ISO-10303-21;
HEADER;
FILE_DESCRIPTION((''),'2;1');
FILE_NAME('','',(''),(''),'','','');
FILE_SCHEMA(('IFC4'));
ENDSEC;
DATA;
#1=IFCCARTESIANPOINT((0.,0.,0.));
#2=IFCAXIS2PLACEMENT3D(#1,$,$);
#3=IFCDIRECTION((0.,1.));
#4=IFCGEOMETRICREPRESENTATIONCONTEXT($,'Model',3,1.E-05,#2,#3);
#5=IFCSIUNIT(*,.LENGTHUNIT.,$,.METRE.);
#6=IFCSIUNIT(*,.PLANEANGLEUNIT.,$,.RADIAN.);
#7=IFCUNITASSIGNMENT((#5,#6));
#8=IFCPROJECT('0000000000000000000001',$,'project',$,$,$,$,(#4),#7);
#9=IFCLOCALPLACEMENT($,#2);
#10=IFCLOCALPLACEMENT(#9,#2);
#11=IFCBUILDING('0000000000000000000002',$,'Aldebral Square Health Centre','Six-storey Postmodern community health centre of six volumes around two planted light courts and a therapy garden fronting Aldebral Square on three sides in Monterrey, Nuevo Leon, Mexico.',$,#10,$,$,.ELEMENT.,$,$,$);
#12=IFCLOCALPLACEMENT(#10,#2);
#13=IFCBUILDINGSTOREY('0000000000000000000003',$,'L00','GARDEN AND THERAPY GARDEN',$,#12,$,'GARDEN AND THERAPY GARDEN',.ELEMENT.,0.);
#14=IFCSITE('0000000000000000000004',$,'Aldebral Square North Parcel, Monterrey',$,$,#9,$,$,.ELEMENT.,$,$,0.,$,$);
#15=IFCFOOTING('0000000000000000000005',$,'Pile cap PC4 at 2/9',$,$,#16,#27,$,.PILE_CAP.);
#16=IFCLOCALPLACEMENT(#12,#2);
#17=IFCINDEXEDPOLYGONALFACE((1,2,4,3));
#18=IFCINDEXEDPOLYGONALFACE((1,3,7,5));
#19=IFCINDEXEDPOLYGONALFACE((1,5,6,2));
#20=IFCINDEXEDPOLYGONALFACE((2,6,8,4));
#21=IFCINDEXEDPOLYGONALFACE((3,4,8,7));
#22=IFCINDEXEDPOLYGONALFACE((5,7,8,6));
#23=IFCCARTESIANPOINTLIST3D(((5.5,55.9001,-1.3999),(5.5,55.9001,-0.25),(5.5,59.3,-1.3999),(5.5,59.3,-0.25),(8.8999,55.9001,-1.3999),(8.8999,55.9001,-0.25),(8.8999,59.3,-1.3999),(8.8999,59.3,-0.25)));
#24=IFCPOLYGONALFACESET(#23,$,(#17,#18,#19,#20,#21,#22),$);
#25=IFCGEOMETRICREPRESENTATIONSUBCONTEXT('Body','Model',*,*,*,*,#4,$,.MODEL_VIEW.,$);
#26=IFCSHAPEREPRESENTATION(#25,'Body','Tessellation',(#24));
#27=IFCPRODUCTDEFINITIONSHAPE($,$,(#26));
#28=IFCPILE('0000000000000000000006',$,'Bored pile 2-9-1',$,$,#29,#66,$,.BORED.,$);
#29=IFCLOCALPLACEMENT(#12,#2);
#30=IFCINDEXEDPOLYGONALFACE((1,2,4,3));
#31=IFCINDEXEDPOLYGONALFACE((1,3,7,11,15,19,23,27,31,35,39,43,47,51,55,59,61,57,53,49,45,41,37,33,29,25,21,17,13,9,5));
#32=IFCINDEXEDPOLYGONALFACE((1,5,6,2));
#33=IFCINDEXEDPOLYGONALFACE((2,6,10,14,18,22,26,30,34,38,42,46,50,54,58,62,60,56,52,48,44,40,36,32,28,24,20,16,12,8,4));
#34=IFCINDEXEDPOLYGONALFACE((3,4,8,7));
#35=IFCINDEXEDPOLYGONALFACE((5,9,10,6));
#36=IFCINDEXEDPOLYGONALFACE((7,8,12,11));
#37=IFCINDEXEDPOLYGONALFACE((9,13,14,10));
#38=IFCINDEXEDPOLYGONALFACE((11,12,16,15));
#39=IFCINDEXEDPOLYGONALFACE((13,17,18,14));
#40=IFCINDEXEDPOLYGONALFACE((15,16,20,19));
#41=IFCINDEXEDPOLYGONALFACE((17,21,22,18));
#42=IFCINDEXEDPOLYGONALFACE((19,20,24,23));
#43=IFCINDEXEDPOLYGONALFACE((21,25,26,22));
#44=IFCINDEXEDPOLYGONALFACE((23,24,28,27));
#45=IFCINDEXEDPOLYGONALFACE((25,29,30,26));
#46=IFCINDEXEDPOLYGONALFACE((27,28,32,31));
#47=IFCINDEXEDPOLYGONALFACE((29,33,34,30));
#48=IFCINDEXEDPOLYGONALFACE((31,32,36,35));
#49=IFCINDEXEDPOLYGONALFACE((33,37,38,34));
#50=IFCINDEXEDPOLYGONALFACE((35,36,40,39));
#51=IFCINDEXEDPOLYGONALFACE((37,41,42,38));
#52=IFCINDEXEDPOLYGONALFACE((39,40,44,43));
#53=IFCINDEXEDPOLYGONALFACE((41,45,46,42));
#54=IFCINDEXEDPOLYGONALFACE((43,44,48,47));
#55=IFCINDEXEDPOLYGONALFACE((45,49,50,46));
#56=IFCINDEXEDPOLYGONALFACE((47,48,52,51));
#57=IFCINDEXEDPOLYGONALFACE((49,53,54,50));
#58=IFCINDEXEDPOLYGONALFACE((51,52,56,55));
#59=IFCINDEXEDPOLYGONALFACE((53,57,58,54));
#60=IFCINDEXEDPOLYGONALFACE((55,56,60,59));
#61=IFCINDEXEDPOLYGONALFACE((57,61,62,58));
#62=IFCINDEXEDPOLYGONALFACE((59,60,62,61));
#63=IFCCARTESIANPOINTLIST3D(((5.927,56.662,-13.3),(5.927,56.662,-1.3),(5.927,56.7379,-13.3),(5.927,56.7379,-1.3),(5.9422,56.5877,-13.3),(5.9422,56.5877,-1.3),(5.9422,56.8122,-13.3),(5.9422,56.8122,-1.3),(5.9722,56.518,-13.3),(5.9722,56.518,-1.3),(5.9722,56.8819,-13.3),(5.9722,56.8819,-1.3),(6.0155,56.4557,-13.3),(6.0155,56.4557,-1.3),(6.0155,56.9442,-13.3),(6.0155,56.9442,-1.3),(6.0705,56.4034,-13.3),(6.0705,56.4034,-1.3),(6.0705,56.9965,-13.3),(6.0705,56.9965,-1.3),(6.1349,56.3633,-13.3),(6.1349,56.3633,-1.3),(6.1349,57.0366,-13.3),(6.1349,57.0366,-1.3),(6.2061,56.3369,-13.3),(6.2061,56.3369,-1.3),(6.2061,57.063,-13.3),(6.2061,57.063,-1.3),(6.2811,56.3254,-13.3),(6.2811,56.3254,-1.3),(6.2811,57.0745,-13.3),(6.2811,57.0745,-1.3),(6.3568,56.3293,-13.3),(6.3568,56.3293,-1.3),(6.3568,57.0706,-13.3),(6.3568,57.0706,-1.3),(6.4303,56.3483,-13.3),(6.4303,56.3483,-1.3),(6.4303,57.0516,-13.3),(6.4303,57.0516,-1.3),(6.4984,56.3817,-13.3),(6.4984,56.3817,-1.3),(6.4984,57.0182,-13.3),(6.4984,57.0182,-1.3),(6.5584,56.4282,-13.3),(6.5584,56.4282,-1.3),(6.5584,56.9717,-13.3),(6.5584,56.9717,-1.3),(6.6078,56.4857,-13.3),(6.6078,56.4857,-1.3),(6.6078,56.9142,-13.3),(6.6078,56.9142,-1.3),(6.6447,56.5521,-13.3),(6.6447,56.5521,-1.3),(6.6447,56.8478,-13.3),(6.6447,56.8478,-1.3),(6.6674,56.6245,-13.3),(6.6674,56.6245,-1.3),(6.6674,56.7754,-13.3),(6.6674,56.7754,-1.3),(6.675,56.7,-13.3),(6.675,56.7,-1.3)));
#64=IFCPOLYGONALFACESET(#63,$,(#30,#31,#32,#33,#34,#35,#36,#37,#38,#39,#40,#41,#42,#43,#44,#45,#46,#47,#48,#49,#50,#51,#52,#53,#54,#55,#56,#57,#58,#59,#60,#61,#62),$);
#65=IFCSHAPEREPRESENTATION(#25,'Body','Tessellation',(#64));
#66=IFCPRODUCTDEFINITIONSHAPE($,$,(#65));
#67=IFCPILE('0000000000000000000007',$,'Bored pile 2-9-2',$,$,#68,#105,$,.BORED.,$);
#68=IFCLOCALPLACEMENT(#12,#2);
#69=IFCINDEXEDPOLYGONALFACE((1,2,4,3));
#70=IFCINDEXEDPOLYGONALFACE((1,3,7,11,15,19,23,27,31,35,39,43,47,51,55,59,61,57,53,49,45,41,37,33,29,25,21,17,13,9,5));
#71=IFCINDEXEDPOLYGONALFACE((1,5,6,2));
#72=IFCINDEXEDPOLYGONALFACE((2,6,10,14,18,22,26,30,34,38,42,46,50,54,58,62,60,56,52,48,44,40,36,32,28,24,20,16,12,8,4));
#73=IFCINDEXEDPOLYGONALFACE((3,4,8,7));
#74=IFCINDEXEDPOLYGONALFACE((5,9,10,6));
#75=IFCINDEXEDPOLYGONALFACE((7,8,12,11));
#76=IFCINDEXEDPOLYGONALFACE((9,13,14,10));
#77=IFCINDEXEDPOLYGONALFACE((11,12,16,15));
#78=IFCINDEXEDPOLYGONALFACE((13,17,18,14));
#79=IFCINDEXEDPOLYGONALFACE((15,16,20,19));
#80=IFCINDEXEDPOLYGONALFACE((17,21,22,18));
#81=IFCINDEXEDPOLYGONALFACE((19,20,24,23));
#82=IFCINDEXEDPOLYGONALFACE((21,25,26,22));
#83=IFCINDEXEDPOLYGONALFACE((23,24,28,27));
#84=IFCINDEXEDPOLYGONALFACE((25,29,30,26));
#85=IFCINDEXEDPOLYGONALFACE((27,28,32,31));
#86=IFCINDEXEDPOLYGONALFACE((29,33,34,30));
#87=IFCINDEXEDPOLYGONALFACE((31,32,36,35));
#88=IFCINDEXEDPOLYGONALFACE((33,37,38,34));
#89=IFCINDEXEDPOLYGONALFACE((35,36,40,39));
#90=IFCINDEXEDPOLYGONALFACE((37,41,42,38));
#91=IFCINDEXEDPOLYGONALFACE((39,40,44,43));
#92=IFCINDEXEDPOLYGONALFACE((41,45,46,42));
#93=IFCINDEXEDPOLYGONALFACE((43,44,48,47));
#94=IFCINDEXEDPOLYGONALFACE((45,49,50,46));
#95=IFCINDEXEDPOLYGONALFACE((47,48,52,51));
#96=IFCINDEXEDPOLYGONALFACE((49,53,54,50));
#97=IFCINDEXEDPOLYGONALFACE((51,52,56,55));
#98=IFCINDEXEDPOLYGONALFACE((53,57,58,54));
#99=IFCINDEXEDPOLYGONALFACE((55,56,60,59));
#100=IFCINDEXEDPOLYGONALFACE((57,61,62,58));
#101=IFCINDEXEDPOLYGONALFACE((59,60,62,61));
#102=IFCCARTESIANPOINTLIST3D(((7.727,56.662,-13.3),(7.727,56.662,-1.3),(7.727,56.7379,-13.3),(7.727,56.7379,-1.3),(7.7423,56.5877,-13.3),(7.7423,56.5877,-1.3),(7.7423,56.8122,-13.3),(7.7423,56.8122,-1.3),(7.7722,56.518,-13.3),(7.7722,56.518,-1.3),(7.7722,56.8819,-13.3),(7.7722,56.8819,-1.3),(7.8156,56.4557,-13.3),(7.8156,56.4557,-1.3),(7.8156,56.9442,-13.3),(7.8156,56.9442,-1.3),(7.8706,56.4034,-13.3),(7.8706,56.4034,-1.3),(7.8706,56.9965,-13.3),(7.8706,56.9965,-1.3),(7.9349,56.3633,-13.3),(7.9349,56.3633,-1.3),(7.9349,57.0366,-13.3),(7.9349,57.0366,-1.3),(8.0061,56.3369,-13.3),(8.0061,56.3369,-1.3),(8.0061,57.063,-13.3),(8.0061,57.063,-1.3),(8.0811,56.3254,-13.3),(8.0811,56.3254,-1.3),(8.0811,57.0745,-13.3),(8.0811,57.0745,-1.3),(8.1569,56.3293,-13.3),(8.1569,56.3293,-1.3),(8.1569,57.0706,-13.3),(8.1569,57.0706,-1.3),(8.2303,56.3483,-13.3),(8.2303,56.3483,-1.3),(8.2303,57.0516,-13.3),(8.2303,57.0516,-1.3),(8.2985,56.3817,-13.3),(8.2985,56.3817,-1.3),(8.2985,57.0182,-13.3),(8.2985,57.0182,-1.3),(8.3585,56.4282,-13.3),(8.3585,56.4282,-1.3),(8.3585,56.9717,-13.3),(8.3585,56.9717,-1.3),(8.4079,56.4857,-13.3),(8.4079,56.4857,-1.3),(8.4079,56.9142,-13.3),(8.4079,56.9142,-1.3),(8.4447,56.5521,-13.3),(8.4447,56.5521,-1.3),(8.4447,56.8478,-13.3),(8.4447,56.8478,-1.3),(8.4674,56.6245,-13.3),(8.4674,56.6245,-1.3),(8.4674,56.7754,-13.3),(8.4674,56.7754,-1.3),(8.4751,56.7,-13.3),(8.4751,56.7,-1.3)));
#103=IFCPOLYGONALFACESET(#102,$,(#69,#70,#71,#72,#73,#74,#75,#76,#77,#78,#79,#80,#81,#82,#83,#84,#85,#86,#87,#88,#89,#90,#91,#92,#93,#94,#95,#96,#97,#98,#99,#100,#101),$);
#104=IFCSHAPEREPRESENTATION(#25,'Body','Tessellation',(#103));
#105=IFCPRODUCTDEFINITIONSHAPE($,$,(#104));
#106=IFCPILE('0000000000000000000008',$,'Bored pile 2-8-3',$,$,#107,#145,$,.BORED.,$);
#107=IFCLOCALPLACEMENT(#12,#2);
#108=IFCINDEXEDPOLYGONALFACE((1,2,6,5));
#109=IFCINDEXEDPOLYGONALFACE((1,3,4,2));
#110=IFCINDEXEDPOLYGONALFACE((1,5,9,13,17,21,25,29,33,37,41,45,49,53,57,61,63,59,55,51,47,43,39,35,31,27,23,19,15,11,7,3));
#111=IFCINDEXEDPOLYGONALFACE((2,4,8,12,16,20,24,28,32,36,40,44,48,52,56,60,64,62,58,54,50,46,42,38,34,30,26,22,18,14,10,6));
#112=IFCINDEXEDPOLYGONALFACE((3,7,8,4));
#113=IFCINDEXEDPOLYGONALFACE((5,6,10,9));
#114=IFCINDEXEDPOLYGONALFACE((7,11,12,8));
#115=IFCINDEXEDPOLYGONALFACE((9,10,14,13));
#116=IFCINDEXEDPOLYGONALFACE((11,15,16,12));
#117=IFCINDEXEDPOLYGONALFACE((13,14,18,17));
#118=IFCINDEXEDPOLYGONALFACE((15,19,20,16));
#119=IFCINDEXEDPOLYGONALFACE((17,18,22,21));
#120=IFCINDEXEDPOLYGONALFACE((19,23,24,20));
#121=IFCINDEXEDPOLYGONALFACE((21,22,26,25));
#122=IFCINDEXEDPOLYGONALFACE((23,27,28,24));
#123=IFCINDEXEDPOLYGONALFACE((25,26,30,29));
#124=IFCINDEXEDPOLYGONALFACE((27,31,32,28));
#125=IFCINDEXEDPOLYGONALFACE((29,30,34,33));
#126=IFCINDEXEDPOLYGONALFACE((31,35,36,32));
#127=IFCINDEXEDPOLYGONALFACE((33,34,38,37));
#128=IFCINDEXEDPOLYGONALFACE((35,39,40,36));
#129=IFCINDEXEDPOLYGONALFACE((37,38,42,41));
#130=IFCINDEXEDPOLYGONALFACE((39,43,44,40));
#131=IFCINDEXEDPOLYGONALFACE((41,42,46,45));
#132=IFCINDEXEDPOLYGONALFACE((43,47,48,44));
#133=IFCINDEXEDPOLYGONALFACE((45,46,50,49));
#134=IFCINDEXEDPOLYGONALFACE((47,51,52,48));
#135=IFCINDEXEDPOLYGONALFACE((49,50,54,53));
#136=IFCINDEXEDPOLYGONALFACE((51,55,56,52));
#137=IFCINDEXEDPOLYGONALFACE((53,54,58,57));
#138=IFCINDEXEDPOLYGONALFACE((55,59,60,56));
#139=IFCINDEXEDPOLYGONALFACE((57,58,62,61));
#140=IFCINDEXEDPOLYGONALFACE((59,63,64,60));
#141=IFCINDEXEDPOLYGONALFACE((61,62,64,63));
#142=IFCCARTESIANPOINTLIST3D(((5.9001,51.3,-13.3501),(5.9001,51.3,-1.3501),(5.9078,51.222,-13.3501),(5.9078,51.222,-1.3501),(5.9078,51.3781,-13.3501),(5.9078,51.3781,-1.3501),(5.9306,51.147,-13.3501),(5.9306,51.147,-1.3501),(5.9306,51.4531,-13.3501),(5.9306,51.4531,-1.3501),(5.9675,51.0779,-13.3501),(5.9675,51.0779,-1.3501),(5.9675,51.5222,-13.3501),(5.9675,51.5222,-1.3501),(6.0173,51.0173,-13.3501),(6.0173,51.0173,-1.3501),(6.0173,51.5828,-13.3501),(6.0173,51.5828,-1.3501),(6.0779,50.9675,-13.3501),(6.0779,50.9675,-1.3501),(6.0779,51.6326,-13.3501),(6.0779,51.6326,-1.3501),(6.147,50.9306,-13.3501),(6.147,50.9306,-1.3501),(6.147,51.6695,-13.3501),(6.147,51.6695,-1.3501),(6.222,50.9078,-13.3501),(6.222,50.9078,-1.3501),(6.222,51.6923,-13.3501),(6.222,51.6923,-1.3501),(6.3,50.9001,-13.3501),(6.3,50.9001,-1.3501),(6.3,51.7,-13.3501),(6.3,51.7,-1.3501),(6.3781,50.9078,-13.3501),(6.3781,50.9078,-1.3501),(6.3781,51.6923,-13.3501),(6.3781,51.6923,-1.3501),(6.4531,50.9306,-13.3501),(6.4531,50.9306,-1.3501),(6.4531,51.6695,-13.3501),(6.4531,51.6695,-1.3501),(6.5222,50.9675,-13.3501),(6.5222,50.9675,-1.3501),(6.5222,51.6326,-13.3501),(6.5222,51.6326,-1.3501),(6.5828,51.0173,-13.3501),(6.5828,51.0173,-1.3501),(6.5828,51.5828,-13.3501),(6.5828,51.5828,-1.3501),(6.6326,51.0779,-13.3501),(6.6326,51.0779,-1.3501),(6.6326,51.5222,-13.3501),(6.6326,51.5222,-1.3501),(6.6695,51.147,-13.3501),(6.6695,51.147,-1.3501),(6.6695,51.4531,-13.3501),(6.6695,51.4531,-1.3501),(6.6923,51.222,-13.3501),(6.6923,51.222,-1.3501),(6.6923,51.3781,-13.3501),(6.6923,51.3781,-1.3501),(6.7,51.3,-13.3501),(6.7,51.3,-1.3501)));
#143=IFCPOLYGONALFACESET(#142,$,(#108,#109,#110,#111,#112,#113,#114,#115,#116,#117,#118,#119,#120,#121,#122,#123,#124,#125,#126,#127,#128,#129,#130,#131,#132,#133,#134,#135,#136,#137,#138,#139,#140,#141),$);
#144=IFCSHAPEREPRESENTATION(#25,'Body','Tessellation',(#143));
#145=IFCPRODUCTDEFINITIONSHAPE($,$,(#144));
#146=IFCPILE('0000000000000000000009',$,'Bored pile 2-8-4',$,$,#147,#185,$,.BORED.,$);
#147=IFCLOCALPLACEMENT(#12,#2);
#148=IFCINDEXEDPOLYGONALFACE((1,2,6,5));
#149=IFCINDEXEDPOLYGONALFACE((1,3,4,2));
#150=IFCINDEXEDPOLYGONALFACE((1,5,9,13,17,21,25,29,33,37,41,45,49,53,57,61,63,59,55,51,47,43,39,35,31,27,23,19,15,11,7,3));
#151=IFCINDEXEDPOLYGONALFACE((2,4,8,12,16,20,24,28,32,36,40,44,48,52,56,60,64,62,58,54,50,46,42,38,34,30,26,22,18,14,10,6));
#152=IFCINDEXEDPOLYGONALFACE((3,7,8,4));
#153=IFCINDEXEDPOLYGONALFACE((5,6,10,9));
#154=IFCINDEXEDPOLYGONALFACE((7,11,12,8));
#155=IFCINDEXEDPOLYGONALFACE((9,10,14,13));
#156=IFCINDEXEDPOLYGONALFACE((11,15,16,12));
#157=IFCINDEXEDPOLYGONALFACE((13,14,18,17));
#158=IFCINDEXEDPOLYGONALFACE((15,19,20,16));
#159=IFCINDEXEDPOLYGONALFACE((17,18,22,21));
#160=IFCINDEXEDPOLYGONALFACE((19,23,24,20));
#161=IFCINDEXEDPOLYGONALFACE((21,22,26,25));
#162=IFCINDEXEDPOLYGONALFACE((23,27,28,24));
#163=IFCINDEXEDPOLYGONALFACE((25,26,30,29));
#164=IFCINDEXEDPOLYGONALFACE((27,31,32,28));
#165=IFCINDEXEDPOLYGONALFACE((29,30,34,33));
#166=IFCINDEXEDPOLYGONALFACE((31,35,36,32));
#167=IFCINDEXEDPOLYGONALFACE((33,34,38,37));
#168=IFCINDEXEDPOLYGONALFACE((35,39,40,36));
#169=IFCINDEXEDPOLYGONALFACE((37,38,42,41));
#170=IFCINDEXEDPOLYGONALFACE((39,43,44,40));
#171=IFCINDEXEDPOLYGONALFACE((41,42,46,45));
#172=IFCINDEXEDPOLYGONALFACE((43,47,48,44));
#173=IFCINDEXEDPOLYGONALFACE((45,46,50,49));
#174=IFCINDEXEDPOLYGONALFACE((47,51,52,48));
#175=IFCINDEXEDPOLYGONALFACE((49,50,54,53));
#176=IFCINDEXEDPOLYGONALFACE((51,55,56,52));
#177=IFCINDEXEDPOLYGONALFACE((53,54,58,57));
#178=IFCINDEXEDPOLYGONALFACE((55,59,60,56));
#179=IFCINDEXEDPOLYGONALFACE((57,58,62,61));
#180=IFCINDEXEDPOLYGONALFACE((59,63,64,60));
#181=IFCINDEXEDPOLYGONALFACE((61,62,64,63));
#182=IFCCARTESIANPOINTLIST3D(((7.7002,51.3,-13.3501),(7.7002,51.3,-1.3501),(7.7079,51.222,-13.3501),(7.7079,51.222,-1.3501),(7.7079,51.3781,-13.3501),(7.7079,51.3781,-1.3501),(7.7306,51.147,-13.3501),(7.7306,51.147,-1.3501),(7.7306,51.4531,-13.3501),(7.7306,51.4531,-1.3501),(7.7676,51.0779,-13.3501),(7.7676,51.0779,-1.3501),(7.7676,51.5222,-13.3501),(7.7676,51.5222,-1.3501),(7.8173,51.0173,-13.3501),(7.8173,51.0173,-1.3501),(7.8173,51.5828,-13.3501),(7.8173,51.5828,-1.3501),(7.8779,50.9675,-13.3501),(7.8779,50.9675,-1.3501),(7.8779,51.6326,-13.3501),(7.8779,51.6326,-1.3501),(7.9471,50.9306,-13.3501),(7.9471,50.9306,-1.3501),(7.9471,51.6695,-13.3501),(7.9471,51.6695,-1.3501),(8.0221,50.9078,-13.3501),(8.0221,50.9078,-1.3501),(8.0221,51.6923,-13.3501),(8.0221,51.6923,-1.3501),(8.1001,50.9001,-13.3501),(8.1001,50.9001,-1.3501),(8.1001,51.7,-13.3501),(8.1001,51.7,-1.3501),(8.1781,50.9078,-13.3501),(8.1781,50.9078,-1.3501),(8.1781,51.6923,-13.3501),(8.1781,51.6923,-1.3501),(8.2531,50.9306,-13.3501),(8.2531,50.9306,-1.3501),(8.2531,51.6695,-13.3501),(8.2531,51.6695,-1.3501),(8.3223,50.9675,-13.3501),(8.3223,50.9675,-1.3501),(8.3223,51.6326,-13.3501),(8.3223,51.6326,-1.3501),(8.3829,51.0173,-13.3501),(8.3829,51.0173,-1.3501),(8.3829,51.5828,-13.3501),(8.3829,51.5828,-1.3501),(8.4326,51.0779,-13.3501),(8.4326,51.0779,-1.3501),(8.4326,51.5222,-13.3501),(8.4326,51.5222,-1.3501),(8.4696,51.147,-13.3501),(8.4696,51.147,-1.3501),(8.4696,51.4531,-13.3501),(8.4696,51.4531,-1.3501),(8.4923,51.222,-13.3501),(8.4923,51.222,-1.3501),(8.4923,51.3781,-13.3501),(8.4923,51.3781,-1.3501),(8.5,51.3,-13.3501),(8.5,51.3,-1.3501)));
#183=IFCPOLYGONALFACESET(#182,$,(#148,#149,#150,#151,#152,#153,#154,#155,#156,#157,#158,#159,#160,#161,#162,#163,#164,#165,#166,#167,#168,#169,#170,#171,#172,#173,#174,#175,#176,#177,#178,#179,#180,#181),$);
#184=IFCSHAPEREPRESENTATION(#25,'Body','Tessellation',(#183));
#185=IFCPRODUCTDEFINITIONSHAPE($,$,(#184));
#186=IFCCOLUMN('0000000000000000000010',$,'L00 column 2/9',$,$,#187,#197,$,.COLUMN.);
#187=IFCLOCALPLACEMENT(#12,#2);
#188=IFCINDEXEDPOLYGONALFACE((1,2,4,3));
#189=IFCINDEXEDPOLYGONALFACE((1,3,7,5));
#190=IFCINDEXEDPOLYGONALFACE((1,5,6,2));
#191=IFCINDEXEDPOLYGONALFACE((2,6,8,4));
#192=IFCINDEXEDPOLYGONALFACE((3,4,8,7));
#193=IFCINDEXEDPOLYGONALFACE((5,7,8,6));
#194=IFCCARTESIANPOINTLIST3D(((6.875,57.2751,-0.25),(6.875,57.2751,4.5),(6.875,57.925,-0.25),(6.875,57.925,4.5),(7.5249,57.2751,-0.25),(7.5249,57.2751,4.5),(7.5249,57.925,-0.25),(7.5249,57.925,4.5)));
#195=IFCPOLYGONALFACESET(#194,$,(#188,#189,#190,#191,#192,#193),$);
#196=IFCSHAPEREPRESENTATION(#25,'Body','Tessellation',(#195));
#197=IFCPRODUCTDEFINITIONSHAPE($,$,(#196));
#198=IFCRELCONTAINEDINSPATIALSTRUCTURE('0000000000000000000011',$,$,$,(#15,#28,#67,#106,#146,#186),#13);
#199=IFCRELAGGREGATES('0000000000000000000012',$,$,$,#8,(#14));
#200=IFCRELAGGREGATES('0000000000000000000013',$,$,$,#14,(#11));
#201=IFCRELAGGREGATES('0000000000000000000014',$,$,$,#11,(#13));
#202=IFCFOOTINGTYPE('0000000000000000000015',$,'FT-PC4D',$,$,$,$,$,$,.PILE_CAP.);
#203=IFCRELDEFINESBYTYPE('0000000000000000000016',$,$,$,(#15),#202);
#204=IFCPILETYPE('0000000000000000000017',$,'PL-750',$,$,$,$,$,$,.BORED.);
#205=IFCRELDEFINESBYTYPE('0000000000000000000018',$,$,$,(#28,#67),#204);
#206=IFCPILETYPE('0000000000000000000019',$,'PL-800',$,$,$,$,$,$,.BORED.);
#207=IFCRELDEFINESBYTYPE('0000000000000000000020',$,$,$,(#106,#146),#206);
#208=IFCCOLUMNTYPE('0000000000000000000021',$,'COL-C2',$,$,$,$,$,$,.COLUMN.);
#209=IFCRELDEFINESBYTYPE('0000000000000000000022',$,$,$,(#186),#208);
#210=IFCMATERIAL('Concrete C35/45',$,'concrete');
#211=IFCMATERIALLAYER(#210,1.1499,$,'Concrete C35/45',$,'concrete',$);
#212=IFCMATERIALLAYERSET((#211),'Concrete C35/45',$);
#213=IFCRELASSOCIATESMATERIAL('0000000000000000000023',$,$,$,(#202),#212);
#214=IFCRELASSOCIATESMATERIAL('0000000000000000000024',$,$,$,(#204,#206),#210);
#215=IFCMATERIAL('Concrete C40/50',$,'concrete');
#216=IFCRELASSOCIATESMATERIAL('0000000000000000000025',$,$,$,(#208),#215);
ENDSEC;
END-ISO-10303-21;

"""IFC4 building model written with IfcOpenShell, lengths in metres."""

from ifc_helpers import new_model, si_unit, direction, frame, origin, origin_2d, place, context, subcontext, project, spatial, rectangle, circle, extrude, material, layer, layer_set, material_profile, profile_set, type_object, element, save


model = new_model("IFC4")

# Units and contexts
model_context = context("Model", 3, precision=1e-05, world=origin(), true_north=direction((0.0, 1.0)))
body_context = subcontext(model_context, "Body", "Model", "MODEL_VIEW")
ifc_project = project(units=[si_unit("LENGTHUNIT", "METRE"), si_unit("PLANEANGLEUNIT", "RADIAN")], contexts=[model_context])

# Site, building, storey
site_placement = place(None, origin())
site = spatial("IfcSite", under=ifc_project, at=site_placement, Name="Aldebral Square North Parcel, Monterrey", CompositionType="ELEMENT", RefElevation=0.0)
building_placement = place(site_placement, origin())
building = spatial("IfcBuilding", under=site, at=building_placement, Name="Aldebral Square Health Centre", Description="Six-storey Postmodern community health centre of six volumes around two planted light courts and a therapy garden fronting Aldebral Square on three sides in Monterrey, Nuevo Leon, Mexico.", CompositionType="ELEMENT")
storey_placement = place(building_placement, origin())
storey = spatial("IfcBuildingStorey", under=building, at=storey_placement, Name="L00", Description="GARDEN AND THERAPY GARDEN", LongName="GARDEN AND THERAPY GARDEN", CompositionType="ELEMENT", Elevation=0.0)

# Footing
ifc_material_1 = material(Name="Concrete C35/45", Category="concrete")
ifc_layer_1 = layer(ifc_material_1, 1.1499, Name="Concrete C35/45", Category="concrete")
ifc_layer_set_1 = layer_set([ifc_layer_1], Name="Concrete C35/45")
footing_type = type_object("IfcFootingType", Name="FT-PC4D", PredefinedType="PILE_CAP", material=ifc_layer_set_1)
footing_placement = place(storey_placement, frame((7.2, 57.6001, -1.3999), z_axis=(0.0, 0.0, 1.0), x_axis=(1.0, 0.0, 0.0)))
element("IfcFooting", 1, at=footing_placement, inside=storey, type_object=footing_type, Name="Pile cap PC4 at 2/9", PredefinedType="PILE_CAP", context=body_context, shape_type="SweptSolid", body=[
    extrude(rectangle(XDim=3.3999, YDim=3.3999, at=origin_2d()), origin(), (0.0, 0.0, 1.0), 1.1499),
])

# Piles
ifc_material_profile_1 = material_profile(ifc_material_1, circle(Radius=0.375, at=origin_2d()), Name="PILE D750")
ifc_profile_set_1 = profile_set([ifc_material_profile_1], Name="Concrete C35/45")
pile_type_1 = type_object("IfcPileType", Name="PL-750", PredefinedType="BORED", material=ifc_profile_set_1)
for number, where, z_axis, x_axis, name in (
    (2, (6.3, 56.7, -1.3), (0.0, 0.0, -1.0), (1.0, 0.0, 0.0), "Bored pile 2-9-1"),
    (3, (8.1001, 56.7, -1.3), (0.0, 0.0, -1.0), (1.0, 0.0, 0.0), "Bored pile 2-9-2"),
):
    element("IfcPile", number, at=place(storey_placement, frame(where, z_axis=z_axis, x_axis=x_axis)), inside=storey, type_object=pile_type_1, Name=name, PredefinedType="BORED", context=body_context, shape_type="SweptSolid", body=[
        extrude(circle(Radius=0.375, at=origin_2d()), origin(), (0.0, 0.0, 1.0), 12.0),
    ])
ifc_material_profile_2 = material_profile(ifc_material_1, circle(Radius=0.3999, at=origin_2d()), Name="PILE D800")
ifc_profile_set_2 = profile_set([ifc_material_profile_2], Name="Concrete C35/45")
pile_type_2 = type_object("IfcPileType", Name="PL-800", PredefinedType="BORED", material=ifc_profile_set_2)
for number, where, z_axis, x_axis, name in (
    (4, (6.3, 51.3, -1.3501), (0.0, 0.0, -1.0), (1.0, 0.0, 0.0), "Bored pile 2-8-3"),
    (5, (8.1001, 51.3, -1.3501), (0.0, 0.0, -1.0), (1.0, 0.0, 0.0), "Bored pile 2-8-4"),
):
    element("IfcPile", number, at=place(storey_placement, frame(where, z_axis=z_axis, x_axis=x_axis)), inside=storey, type_object=pile_type_2, Name=name, PredefinedType="BORED", context=body_context, shape_type="SweptSolid", body=[
        extrude(circle(Radius=0.3999, at=origin_2d()), origin(), (0.0, 0.0, 1.0), 12.0),
    ])

# Column
ifc_material_2 = material(Name="Concrete C40/50", Category="concrete")
ifc_material_profile_3 = material_profile(ifc_material_2, rectangle(XDim=0.6499, YDim=0.6499, at=origin_2d()), Name="RC 650x650")
ifc_profile_set_3 = profile_set([ifc_material_profile_3], Name="Concrete C40/50")
column_type = type_object("IfcColumnType", Name="COL-C2", PredefinedType="COLUMN", material=ifc_profile_set_3)
column_placement = place(storey_placement, frame((7.2, 57.6001, -0.25), z_axis=(0.0, 0.0, 1.0), x_axis=(1.0, 0.0, 0.0)))
element("IfcColumn", 6, at=column_placement, inside=storey, type_object=column_type, Name="L00 column 2/9", PredefinedType="COLUMN", context=body_context, shape_type="SweptSolid", body=[
    extrude(rectangle(XDim=0.6499, YDim=0.6499, at=origin_2d()), origin(), (0.0, 0.0, 1.0), 4.75),
])

save(model, "model.ifc")
